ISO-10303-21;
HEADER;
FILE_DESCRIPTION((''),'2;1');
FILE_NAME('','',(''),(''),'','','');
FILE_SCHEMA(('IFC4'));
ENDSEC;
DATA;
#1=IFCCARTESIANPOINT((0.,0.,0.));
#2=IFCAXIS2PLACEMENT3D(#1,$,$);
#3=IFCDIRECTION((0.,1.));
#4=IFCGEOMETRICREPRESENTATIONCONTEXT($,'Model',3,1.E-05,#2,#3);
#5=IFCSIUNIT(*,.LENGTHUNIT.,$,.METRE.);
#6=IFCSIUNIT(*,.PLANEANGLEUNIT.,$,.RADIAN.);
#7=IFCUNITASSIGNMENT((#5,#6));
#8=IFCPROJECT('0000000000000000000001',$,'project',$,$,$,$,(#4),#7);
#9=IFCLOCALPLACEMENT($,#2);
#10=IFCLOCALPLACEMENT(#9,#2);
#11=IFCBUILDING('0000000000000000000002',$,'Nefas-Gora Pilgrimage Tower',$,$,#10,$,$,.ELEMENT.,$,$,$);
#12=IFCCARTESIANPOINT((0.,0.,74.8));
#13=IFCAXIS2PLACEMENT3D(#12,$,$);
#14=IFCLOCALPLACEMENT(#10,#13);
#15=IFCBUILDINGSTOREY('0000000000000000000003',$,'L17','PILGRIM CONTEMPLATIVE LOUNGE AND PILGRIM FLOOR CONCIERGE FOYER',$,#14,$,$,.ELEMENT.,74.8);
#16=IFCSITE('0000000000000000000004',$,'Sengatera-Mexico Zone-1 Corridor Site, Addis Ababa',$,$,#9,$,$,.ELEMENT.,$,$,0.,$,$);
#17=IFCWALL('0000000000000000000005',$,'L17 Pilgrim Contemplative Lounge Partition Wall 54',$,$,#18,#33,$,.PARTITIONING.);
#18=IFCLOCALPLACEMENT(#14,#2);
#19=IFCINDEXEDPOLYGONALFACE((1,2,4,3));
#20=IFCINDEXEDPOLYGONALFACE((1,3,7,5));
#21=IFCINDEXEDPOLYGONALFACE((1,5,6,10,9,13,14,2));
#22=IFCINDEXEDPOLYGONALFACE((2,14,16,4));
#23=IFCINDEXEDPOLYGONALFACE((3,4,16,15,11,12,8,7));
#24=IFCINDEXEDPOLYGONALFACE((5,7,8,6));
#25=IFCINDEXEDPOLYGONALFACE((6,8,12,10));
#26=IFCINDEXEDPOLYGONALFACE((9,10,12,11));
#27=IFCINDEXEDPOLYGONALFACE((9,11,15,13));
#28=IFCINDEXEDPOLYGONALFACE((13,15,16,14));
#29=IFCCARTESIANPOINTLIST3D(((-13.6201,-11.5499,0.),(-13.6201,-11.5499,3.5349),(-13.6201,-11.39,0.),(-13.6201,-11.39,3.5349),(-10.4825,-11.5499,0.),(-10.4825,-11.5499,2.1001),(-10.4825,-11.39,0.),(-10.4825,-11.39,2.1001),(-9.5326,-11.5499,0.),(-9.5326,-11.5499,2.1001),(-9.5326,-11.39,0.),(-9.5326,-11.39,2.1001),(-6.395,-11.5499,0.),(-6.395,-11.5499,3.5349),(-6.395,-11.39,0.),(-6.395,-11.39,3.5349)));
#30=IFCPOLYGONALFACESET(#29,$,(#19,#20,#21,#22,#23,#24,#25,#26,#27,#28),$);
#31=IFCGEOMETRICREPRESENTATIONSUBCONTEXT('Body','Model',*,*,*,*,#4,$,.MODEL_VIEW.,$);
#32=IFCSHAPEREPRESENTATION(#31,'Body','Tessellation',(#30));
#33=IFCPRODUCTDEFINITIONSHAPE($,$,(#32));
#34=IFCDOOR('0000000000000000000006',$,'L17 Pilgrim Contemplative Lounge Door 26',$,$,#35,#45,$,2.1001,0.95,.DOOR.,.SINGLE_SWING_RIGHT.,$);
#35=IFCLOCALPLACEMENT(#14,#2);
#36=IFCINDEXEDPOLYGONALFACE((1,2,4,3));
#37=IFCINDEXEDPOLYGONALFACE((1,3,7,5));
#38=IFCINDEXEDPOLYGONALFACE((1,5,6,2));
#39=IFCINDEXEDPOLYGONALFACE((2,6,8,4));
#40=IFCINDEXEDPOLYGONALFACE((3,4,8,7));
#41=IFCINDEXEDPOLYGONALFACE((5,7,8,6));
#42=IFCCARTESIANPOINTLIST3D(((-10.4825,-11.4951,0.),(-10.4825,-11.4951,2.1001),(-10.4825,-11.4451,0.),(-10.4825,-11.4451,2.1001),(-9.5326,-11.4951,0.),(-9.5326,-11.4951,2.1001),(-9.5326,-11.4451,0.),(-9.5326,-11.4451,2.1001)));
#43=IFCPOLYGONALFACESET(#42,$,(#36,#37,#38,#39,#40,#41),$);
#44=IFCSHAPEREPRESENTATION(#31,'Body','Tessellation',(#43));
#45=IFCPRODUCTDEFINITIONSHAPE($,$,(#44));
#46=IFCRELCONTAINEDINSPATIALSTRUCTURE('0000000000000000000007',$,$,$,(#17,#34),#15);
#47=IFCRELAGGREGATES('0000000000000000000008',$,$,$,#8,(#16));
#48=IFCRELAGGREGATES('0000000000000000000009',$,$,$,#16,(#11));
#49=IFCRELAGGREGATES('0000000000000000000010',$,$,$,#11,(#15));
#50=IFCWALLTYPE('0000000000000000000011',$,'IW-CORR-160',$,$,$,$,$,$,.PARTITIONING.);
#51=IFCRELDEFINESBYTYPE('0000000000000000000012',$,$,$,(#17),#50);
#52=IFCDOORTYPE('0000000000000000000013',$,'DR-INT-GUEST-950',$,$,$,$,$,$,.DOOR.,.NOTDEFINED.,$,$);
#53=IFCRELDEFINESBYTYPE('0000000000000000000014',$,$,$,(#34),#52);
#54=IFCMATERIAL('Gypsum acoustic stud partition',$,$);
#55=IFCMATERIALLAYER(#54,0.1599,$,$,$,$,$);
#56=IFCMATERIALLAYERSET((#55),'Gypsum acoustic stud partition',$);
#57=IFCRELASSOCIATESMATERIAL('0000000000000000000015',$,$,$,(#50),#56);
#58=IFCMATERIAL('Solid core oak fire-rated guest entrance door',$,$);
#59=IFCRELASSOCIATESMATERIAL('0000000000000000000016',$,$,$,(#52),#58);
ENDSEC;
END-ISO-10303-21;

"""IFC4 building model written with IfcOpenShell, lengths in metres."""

from ifc_helpers import new_model, si_unit, direction, frame, frame_2d, origin, place, context, subcontext, project, spatial, rectangle, extrude, source, transform, mapped, material, layer, layer_set, type_object, element, fill, save


model = new_model("IFC4")

# Units and contexts
model_context = context("Model", 3, precision=1e-05, world=origin(), true_north=direction((0.0, 1.0)))
body_context = subcontext(model_context, "Body", "Model", "MODEL_VIEW")
ifc_project = project(units=[si_unit("LENGTHUNIT", "METRE"), si_unit("PLANEANGLEUNIT", "RADIAN")], contexts=[model_context])

# Site, building, storey
site_placement = place(None, origin())
site = spatial("IfcSite", under=ifc_project, at=site_placement, Name="Sengatera-Mexico Zone-1 Corridor Site, Addis Ababa", CompositionType="ELEMENT", RefElevation=0.0)
building_placement = place(site_placement, origin())
building = spatial("IfcBuilding", under=site, at=building_placement, Name="Nefas-Gora Pilgrimage Tower", CompositionType="ELEMENT")
storey_placement = place(building_placement, frame((0.0, 0.0, 74.8)))
storey = spatial("IfcBuildingStorey", under=building, at=storey_placement, Name="L17", Description="PILGRIM CONTEMPLATIVE LOUNGE AND PILGRIM FLOOR CONCIERGE FOYER", CompositionType="ELEMENT", Elevation=74.8)

# Wall, opening, door
ifc_material_1 = material(Name="Gypsum acoustic stud partition")
ifc_layer_1 = layer(ifc_material_1, 0.1599)
ifc_layer_set_1 = layer_set([ifc_layer_1], Name="Gypsum acoustic stud partition")
wall_type_1 = type_object("IfcWallType", Name="IW-CORR-160", PredefinedType="PARTITIONING", material=ifc_layer_set_1)
ifc_material_2 = material(Name="Solid core oak fire-rated guest entrance door")
door_type = type_object("IfcDoorType", Name="DR-INT-GUEST-950", OperationType="NOTDEFINED", PredefinedType="DOOR", material=ifc_material_2)
shared_shape_1 = source(origin(), body_context, "Body", "SweptSolid", [
    extrude(rectangle(XDim=0.95, YDim=2.1001, at=frame_2d((0.4751, 1.05))), frame((0.0, 0.0249, 0.0), z_axis=(0.0, -1.0, 0.0), x_axis=(1.0, 0.0, 0.0)), (0.0, 0.0, 1.0), 0.05),
])
shared_shape_2 = source(origin(), body_context, "Body", "SweptSolid", [
    extrude(rectangle(XDim=7.2251, YDim=0.1599, at=frame_2d((3.6125, 0.0))), origin(), (0.0, 0.0, 1.0), 3.5349),
])
wall_1_placement = place(storey_placement, frame((-13.6201, -11.47, 0.0), z_axis=(0.0, 0.0, 1.0), x_axis=(1.0, 0.0, 0.0)))
wall_1 = element("IfcWall", 1, at=wall_1_placement, inside=storey, type_object=wall_type_1, Name="L17 Pilgrim Contemplative Lounge Partition Wall 54", PredefinedType="PARTITIONING", context=body_context, shape_type="MappedRepresentation", body=[
    mapped(shared_shape_2, transform((0.0, 0.0, 0.0), x_axis=(1.0, 0.0, 0.0), y_axis=(0.0, 1.0, 0.0), z_axis=(0.0, 0.0, 1.0), scale=1.0)),
])
opening_1_placement = place(wall_1_placement, frame((3.1375, 0.0, 0.0)))
opening_1 = element("IfcOpeningElement", 2, at=opening_1_placement, cuts=wall_1, PredefinedType="OPENING", context=body_context, shape_type="SweptSolid", body=[
    extrude(rectangle(XDim=0.95, YDim=2.1001, at=frame_2d((0.4751, 1.05))), frame((0.0, 0.0898, 0.0), z_axis=(0.0, -1.0, 0.0), x_axis=(1.0, 0.0, 0.0)), (0.0, 0.0, 1.0), 0.1799),
])
door_1_placement = place(opening_1_placement, origin())
door_1 = element("IfcDoor", 3, at=door_1_placement, inside=storey, type_object=door_type, Name="L17 Pilgrim Contemplative Lounge Door 26", OperationType="SINGLE_SWING_RIGHT", OverallHeight=2.1001, OverallWidth=0.95, PredefinedType="DOOR", context=body_context, shape_type="MappedRepresentation", body=[
    mapped(shared_shape_1, transform((0.0, 0.0, 0.0), x_axis=(1.0, 0.0, 0.0), y_axis=(0.0, 1.0, 0.0), z_axis=(0.0, 0.0, 1.0), scale=1.0)),
])
fill(opening_1, door_1)

save(model, "model.ifc")
